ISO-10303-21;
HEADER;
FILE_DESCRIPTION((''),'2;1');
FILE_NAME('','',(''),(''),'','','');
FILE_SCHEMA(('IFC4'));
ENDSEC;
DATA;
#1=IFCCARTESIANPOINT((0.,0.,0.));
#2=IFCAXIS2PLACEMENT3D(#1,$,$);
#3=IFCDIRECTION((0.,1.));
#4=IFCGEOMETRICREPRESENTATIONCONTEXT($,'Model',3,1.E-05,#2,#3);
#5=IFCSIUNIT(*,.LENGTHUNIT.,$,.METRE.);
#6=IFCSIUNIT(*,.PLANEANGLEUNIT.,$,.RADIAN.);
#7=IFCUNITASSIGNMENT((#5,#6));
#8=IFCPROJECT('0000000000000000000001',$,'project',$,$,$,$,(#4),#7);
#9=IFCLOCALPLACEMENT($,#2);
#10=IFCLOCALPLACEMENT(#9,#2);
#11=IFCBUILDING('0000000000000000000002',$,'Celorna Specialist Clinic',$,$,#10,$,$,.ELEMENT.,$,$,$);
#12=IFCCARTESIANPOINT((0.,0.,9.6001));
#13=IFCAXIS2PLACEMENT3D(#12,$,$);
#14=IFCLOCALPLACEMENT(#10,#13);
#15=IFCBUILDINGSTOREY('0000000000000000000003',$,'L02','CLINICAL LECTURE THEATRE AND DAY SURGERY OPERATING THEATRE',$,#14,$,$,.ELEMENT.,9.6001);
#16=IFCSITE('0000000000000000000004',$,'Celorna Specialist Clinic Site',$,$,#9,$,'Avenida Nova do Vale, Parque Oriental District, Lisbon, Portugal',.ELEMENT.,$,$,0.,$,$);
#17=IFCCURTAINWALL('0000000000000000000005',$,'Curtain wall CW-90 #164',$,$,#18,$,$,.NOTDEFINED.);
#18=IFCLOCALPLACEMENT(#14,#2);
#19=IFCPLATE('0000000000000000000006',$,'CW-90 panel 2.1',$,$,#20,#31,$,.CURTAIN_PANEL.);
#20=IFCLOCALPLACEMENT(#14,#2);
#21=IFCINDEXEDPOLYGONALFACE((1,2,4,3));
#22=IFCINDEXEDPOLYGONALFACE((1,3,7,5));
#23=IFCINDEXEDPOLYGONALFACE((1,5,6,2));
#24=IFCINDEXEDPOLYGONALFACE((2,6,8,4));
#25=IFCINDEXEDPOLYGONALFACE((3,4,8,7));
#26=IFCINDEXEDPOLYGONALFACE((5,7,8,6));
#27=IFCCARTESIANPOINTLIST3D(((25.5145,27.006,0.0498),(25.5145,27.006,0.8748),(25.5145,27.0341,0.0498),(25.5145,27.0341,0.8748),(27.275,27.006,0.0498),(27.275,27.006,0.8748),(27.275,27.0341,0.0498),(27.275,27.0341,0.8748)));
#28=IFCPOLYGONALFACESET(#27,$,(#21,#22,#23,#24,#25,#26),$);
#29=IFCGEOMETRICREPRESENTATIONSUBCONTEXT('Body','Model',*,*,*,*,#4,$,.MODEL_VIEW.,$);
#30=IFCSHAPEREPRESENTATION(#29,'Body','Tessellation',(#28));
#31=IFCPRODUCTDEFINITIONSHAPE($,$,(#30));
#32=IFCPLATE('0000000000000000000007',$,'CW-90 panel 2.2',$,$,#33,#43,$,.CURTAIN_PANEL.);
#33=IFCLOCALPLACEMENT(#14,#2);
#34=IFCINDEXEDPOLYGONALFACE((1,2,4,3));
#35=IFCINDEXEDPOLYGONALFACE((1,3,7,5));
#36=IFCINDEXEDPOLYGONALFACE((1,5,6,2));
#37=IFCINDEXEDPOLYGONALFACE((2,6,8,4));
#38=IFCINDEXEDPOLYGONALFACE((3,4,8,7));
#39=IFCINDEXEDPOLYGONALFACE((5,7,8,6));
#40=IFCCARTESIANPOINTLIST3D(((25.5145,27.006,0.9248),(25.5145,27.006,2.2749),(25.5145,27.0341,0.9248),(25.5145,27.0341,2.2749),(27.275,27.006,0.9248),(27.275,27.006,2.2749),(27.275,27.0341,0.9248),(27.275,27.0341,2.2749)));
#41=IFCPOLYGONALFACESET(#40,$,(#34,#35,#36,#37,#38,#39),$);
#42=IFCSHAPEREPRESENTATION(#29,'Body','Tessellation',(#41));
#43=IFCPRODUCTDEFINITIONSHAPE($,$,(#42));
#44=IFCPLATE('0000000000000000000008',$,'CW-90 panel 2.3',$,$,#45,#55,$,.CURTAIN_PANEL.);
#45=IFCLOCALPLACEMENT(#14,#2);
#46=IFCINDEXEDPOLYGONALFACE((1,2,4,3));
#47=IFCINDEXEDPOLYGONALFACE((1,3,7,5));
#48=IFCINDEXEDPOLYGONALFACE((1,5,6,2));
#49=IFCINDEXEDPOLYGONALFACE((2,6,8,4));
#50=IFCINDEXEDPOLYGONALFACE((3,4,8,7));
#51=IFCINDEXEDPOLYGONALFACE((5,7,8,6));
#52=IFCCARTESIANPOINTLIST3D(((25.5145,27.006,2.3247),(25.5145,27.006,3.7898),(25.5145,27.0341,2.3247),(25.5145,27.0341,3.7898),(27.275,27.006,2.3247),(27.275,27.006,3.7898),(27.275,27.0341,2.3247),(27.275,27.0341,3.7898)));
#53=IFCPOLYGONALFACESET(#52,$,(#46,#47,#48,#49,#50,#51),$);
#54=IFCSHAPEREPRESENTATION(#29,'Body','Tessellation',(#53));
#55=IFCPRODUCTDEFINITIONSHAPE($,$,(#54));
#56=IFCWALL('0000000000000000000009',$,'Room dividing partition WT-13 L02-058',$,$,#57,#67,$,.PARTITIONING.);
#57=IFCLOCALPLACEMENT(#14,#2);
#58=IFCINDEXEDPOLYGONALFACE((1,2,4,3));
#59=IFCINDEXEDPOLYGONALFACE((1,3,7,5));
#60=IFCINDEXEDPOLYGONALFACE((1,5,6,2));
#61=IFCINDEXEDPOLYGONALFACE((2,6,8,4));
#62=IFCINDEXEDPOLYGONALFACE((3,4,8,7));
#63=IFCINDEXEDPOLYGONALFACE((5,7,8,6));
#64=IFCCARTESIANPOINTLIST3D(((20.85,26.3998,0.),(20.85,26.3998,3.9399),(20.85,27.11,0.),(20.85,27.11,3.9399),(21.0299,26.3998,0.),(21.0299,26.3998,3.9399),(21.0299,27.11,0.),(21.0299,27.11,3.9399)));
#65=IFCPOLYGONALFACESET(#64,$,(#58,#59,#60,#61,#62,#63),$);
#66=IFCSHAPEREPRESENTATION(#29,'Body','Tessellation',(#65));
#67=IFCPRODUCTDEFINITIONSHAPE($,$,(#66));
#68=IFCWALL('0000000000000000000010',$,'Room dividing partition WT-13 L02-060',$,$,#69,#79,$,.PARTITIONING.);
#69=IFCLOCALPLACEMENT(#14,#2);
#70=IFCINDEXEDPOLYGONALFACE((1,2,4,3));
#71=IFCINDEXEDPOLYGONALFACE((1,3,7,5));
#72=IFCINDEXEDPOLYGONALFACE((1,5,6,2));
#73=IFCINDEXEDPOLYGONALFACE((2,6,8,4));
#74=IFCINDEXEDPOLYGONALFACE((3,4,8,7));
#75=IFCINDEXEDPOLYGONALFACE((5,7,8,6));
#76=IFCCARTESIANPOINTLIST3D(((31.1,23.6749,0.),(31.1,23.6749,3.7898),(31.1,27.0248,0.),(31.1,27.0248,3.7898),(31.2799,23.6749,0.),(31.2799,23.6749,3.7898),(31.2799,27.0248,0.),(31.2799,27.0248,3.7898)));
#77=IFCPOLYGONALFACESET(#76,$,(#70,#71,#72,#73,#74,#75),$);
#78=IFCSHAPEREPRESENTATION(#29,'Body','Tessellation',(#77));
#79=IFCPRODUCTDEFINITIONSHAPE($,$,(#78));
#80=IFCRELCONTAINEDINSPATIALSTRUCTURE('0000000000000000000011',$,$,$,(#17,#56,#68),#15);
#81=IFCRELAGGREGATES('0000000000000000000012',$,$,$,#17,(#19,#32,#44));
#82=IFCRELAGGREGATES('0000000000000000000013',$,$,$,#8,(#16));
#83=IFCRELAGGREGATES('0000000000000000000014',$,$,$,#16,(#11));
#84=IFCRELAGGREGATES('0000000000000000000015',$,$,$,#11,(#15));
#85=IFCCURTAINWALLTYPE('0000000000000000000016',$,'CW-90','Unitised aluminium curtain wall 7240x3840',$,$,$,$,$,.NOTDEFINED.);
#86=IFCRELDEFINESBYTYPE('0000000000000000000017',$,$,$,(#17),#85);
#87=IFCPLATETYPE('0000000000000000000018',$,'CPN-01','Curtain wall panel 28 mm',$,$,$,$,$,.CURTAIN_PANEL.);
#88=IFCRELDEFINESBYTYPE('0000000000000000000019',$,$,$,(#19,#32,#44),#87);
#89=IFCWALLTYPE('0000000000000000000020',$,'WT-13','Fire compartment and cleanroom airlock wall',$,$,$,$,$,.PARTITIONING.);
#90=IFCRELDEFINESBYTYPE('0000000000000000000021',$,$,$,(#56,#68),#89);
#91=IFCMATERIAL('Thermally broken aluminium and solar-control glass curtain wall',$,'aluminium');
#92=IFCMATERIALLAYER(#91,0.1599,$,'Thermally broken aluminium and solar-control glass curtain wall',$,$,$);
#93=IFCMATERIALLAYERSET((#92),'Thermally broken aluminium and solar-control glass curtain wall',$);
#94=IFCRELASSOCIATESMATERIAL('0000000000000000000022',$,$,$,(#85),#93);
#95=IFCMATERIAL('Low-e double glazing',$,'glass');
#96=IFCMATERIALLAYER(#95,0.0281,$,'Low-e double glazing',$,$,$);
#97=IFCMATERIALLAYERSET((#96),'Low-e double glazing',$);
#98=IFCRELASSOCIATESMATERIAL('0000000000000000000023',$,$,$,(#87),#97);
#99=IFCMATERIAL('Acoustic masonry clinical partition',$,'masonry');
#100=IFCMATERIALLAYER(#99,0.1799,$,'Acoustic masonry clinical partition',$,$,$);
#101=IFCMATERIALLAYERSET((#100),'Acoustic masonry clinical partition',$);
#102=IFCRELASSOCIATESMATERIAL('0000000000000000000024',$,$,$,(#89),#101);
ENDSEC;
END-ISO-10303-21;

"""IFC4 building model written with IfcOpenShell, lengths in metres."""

from ifc_helpers import new_model, si_unit, direction, frame, frame_2d, origin, origin_2d, place, context, subcontext, project, spatial, rectangle, extrude, material, layer, layer_set, type_object, element, aggregate, save


model = new_model("IFC4")

# Units and contexts
model_context = context("Model", 3, precision=1e-05, world=origin(), true_north=direction((0.0, 1.0)))
body_context = subcontext(model_context, "Body", "Model", "MODEL_VIEW")
ifc_project = project(units=[si_unit("LENGTHUNIT", "METRE"), si_unit("PLANEANGLEUNIT", "RADIAN")], contexts=[model_context])

# Site, building, storey
site_placement = place(None, origin())
site = spatial("IfcSite", under=ifc_project, at=site_placement, Name="Celorna Specialist Clinic Site", LongName="Avenida Nova do Vale, Parque Oriental District, Lisbon, Portugal", CompositionType="ELEMENT", RefElevation=0.0)
building_placement = place(site_placement, origin())
building = spatial("IfcBuilding", under=site, at=building_placement, Name="Celorna Specialist Clinic", CompositionType="ELEMENT")
storey_placement = place(building_placement, frame((0.0, 0.0, 9.6001)))
storey = spatial("IfcBuildingStorey", under=building, at=storey_placement, Name="L02", Description="CLINICAL LECTURE THEATRE AND DAY SURGERY OPERATING THEATRE", CompositionType="ELEMENT", Elevation=9.6001)

# Curtain wall, plates
ifc_material_1 = material(Name="Thermally broken aluminium and solar-control glass curtain wall", Category="aluminium")
ifc_layer_1 = layer(ifc_material_1, 0.1599, Name="Thermally broken aluminium and solar-control glass curtain wall")
ifc_layer_set_1 = layer_set([ifc_layer_1], Name="Thermally broken aluminium and solar-control glass curtain wall")
curtain_wall_type = type_object("IfcCurtainWallType", Name="CW-90", Description="Unitised aluminium curtain wall 7240x3840", PredefinedType="NOTDEFINED", material=ifc_layer_set_1)
curtain_wall_placement = place(storey_placement, origin())
curtain_wall = element("IfcCurtainWall", 1, at=curtain_wall_placement, inside=storey, type_object=curtain_wall_type, Name="Curtain wall CW-90 #164", PredefinedType="NOTDEFINED")
ifc_material_2 = material(Name="Low-e double glazing", Category="glass")
ifc_layer_2 = layer(ifc_material_2, 0.0281, Name="Low-e double glazing")
ifc_layer_set_2 = layer_set([ifc_layer_2], Name="Low-e double glazing")
plate_type = type_object("IfcPlateType", Name="CPN-01", Description="Curtain wall panel 28 mm", PredefinedType="CURTAIN_PANEL", material=ifc_layer_set_2)
plate_1_placement = place(storey_placement, frame((26.3948, 27.02, 0.0498), z_axis=(0.0, 0.0, 1.0), x_axis=(1.0, 0.0, 0.0)))
plate_1 = element("IfcPlate", 2, at=plate_1_placement, type_object=plate_type, Name="CW-90 panel 2.1", PredefinedType="CURTAIN_PANEL", context=body_context, shape_type="SweptSolid", body=[
    extrude(rectangle(XDim=1.7605, YDim=0.0281, at=origin_2d()), origin(), (0.0, 0.0, 1.0), 0.825),
])
plate_2_placement = place(storey_placement, frame((26.3948, 27.02, 0.9248), z_axis=(0.0, 0.0, 1.0), x_axis=(1.0, 0.0, 0.0)))
plate_2 = element("IfcPlate", 3, at=plate_2_placement, type_object=plate_type, Name="CW-90 panel 2.2", PredefinedType="CURTAIN_PANEL", context=body_context, shape_type="SweptSolid", body=[
    extrude(rectangle(XDim=1.7605, YDim=0.0281, at=origin_2d()), origin(), (0.0, 0.0, 1.0), 1.3501),
])
plate_3_placement = place(storey_placement, frame((26.3948, 27.02, 2.3247), z_axis=(0.0, 0.0, 1.0), x_axis=(1.0, 0.0, 0.0)))
plate_3 = element("IfcPlate", 4, at=plate_3_placement, type_object=plate_type, Name="CW-90 panel 2.3", PredefinedType="CURTAIN_PANEL", context=body_context, shape_type="SweptSolid", body=[
    extrude(rectangle(XDim=1.7605, YDim=0.0281, at=origin_2d()), origin(), (0.0, 0.0, 1.0), 1.4651),
])
aggregate(curtain_wall, [plate_1, plate_2, plate_3])

# Walls
ifc_material_3 = material(Name="Acoustic masonry clinical partition", Category="masonry")
ifc_layer_3 = layer(ifc_material_3, 0.1799, Name="Acoustic masonry clinical partition")
ifc_layer_set_3 = layer_set([ifc_layer_3], Name="Acoustic masonry clinical partition")
wall_type = type_object("IfcWallType", Name="WT-13", Description="Fire compartment and cleanroom airlock wall", PredefinedType="PARTITIONING", material=ifc_layer_set_3)
wall_1_placement = place(storey_placement, frame((20.9399, 26.3999, 0.0), z_axis=(0.0, 0.0, 1.0), x_axis=(0.0, 1.0, 0.0)))
element("IfcWall", 5, at=wall_1_placement, inside=storey, type_object=wall_type, Name="Room dividing partition WT-13 L02-058", PredefinedType="PARTITIONING", context=body_context, shape_type="SweptSolid", body=[
    extrude(rectangle(XDim=0.7102, YDim=0.1799, at=frame_2d((0.355, 0.0))), origin(), (0.0, 0.0, 1.0), 3.9399),
])
wall_2_placement = place(storey_placement, frame((31.1899, 23.675, 0.0), z_axis=(0.0, 0.0, 1.0), x_axis=(0.0, 1.0, 0.0)))
element("IfcWall", 6, at=wall_2_placement, inside=storey, type_object=wall_type, Name="Room dividing partition WT-13 L02-060", PredefinedType="PARTITIONING", context=body_context, shape_type="SweptSolid", body=[
    extrude(rectangle(XDim=3.3499, YDim=0.1799, at=frame_2d((1.6748, 0.0))), origin(), (0.0, 0.0, 1.0), 3.7898),
])

save(model, "model.ifc")
